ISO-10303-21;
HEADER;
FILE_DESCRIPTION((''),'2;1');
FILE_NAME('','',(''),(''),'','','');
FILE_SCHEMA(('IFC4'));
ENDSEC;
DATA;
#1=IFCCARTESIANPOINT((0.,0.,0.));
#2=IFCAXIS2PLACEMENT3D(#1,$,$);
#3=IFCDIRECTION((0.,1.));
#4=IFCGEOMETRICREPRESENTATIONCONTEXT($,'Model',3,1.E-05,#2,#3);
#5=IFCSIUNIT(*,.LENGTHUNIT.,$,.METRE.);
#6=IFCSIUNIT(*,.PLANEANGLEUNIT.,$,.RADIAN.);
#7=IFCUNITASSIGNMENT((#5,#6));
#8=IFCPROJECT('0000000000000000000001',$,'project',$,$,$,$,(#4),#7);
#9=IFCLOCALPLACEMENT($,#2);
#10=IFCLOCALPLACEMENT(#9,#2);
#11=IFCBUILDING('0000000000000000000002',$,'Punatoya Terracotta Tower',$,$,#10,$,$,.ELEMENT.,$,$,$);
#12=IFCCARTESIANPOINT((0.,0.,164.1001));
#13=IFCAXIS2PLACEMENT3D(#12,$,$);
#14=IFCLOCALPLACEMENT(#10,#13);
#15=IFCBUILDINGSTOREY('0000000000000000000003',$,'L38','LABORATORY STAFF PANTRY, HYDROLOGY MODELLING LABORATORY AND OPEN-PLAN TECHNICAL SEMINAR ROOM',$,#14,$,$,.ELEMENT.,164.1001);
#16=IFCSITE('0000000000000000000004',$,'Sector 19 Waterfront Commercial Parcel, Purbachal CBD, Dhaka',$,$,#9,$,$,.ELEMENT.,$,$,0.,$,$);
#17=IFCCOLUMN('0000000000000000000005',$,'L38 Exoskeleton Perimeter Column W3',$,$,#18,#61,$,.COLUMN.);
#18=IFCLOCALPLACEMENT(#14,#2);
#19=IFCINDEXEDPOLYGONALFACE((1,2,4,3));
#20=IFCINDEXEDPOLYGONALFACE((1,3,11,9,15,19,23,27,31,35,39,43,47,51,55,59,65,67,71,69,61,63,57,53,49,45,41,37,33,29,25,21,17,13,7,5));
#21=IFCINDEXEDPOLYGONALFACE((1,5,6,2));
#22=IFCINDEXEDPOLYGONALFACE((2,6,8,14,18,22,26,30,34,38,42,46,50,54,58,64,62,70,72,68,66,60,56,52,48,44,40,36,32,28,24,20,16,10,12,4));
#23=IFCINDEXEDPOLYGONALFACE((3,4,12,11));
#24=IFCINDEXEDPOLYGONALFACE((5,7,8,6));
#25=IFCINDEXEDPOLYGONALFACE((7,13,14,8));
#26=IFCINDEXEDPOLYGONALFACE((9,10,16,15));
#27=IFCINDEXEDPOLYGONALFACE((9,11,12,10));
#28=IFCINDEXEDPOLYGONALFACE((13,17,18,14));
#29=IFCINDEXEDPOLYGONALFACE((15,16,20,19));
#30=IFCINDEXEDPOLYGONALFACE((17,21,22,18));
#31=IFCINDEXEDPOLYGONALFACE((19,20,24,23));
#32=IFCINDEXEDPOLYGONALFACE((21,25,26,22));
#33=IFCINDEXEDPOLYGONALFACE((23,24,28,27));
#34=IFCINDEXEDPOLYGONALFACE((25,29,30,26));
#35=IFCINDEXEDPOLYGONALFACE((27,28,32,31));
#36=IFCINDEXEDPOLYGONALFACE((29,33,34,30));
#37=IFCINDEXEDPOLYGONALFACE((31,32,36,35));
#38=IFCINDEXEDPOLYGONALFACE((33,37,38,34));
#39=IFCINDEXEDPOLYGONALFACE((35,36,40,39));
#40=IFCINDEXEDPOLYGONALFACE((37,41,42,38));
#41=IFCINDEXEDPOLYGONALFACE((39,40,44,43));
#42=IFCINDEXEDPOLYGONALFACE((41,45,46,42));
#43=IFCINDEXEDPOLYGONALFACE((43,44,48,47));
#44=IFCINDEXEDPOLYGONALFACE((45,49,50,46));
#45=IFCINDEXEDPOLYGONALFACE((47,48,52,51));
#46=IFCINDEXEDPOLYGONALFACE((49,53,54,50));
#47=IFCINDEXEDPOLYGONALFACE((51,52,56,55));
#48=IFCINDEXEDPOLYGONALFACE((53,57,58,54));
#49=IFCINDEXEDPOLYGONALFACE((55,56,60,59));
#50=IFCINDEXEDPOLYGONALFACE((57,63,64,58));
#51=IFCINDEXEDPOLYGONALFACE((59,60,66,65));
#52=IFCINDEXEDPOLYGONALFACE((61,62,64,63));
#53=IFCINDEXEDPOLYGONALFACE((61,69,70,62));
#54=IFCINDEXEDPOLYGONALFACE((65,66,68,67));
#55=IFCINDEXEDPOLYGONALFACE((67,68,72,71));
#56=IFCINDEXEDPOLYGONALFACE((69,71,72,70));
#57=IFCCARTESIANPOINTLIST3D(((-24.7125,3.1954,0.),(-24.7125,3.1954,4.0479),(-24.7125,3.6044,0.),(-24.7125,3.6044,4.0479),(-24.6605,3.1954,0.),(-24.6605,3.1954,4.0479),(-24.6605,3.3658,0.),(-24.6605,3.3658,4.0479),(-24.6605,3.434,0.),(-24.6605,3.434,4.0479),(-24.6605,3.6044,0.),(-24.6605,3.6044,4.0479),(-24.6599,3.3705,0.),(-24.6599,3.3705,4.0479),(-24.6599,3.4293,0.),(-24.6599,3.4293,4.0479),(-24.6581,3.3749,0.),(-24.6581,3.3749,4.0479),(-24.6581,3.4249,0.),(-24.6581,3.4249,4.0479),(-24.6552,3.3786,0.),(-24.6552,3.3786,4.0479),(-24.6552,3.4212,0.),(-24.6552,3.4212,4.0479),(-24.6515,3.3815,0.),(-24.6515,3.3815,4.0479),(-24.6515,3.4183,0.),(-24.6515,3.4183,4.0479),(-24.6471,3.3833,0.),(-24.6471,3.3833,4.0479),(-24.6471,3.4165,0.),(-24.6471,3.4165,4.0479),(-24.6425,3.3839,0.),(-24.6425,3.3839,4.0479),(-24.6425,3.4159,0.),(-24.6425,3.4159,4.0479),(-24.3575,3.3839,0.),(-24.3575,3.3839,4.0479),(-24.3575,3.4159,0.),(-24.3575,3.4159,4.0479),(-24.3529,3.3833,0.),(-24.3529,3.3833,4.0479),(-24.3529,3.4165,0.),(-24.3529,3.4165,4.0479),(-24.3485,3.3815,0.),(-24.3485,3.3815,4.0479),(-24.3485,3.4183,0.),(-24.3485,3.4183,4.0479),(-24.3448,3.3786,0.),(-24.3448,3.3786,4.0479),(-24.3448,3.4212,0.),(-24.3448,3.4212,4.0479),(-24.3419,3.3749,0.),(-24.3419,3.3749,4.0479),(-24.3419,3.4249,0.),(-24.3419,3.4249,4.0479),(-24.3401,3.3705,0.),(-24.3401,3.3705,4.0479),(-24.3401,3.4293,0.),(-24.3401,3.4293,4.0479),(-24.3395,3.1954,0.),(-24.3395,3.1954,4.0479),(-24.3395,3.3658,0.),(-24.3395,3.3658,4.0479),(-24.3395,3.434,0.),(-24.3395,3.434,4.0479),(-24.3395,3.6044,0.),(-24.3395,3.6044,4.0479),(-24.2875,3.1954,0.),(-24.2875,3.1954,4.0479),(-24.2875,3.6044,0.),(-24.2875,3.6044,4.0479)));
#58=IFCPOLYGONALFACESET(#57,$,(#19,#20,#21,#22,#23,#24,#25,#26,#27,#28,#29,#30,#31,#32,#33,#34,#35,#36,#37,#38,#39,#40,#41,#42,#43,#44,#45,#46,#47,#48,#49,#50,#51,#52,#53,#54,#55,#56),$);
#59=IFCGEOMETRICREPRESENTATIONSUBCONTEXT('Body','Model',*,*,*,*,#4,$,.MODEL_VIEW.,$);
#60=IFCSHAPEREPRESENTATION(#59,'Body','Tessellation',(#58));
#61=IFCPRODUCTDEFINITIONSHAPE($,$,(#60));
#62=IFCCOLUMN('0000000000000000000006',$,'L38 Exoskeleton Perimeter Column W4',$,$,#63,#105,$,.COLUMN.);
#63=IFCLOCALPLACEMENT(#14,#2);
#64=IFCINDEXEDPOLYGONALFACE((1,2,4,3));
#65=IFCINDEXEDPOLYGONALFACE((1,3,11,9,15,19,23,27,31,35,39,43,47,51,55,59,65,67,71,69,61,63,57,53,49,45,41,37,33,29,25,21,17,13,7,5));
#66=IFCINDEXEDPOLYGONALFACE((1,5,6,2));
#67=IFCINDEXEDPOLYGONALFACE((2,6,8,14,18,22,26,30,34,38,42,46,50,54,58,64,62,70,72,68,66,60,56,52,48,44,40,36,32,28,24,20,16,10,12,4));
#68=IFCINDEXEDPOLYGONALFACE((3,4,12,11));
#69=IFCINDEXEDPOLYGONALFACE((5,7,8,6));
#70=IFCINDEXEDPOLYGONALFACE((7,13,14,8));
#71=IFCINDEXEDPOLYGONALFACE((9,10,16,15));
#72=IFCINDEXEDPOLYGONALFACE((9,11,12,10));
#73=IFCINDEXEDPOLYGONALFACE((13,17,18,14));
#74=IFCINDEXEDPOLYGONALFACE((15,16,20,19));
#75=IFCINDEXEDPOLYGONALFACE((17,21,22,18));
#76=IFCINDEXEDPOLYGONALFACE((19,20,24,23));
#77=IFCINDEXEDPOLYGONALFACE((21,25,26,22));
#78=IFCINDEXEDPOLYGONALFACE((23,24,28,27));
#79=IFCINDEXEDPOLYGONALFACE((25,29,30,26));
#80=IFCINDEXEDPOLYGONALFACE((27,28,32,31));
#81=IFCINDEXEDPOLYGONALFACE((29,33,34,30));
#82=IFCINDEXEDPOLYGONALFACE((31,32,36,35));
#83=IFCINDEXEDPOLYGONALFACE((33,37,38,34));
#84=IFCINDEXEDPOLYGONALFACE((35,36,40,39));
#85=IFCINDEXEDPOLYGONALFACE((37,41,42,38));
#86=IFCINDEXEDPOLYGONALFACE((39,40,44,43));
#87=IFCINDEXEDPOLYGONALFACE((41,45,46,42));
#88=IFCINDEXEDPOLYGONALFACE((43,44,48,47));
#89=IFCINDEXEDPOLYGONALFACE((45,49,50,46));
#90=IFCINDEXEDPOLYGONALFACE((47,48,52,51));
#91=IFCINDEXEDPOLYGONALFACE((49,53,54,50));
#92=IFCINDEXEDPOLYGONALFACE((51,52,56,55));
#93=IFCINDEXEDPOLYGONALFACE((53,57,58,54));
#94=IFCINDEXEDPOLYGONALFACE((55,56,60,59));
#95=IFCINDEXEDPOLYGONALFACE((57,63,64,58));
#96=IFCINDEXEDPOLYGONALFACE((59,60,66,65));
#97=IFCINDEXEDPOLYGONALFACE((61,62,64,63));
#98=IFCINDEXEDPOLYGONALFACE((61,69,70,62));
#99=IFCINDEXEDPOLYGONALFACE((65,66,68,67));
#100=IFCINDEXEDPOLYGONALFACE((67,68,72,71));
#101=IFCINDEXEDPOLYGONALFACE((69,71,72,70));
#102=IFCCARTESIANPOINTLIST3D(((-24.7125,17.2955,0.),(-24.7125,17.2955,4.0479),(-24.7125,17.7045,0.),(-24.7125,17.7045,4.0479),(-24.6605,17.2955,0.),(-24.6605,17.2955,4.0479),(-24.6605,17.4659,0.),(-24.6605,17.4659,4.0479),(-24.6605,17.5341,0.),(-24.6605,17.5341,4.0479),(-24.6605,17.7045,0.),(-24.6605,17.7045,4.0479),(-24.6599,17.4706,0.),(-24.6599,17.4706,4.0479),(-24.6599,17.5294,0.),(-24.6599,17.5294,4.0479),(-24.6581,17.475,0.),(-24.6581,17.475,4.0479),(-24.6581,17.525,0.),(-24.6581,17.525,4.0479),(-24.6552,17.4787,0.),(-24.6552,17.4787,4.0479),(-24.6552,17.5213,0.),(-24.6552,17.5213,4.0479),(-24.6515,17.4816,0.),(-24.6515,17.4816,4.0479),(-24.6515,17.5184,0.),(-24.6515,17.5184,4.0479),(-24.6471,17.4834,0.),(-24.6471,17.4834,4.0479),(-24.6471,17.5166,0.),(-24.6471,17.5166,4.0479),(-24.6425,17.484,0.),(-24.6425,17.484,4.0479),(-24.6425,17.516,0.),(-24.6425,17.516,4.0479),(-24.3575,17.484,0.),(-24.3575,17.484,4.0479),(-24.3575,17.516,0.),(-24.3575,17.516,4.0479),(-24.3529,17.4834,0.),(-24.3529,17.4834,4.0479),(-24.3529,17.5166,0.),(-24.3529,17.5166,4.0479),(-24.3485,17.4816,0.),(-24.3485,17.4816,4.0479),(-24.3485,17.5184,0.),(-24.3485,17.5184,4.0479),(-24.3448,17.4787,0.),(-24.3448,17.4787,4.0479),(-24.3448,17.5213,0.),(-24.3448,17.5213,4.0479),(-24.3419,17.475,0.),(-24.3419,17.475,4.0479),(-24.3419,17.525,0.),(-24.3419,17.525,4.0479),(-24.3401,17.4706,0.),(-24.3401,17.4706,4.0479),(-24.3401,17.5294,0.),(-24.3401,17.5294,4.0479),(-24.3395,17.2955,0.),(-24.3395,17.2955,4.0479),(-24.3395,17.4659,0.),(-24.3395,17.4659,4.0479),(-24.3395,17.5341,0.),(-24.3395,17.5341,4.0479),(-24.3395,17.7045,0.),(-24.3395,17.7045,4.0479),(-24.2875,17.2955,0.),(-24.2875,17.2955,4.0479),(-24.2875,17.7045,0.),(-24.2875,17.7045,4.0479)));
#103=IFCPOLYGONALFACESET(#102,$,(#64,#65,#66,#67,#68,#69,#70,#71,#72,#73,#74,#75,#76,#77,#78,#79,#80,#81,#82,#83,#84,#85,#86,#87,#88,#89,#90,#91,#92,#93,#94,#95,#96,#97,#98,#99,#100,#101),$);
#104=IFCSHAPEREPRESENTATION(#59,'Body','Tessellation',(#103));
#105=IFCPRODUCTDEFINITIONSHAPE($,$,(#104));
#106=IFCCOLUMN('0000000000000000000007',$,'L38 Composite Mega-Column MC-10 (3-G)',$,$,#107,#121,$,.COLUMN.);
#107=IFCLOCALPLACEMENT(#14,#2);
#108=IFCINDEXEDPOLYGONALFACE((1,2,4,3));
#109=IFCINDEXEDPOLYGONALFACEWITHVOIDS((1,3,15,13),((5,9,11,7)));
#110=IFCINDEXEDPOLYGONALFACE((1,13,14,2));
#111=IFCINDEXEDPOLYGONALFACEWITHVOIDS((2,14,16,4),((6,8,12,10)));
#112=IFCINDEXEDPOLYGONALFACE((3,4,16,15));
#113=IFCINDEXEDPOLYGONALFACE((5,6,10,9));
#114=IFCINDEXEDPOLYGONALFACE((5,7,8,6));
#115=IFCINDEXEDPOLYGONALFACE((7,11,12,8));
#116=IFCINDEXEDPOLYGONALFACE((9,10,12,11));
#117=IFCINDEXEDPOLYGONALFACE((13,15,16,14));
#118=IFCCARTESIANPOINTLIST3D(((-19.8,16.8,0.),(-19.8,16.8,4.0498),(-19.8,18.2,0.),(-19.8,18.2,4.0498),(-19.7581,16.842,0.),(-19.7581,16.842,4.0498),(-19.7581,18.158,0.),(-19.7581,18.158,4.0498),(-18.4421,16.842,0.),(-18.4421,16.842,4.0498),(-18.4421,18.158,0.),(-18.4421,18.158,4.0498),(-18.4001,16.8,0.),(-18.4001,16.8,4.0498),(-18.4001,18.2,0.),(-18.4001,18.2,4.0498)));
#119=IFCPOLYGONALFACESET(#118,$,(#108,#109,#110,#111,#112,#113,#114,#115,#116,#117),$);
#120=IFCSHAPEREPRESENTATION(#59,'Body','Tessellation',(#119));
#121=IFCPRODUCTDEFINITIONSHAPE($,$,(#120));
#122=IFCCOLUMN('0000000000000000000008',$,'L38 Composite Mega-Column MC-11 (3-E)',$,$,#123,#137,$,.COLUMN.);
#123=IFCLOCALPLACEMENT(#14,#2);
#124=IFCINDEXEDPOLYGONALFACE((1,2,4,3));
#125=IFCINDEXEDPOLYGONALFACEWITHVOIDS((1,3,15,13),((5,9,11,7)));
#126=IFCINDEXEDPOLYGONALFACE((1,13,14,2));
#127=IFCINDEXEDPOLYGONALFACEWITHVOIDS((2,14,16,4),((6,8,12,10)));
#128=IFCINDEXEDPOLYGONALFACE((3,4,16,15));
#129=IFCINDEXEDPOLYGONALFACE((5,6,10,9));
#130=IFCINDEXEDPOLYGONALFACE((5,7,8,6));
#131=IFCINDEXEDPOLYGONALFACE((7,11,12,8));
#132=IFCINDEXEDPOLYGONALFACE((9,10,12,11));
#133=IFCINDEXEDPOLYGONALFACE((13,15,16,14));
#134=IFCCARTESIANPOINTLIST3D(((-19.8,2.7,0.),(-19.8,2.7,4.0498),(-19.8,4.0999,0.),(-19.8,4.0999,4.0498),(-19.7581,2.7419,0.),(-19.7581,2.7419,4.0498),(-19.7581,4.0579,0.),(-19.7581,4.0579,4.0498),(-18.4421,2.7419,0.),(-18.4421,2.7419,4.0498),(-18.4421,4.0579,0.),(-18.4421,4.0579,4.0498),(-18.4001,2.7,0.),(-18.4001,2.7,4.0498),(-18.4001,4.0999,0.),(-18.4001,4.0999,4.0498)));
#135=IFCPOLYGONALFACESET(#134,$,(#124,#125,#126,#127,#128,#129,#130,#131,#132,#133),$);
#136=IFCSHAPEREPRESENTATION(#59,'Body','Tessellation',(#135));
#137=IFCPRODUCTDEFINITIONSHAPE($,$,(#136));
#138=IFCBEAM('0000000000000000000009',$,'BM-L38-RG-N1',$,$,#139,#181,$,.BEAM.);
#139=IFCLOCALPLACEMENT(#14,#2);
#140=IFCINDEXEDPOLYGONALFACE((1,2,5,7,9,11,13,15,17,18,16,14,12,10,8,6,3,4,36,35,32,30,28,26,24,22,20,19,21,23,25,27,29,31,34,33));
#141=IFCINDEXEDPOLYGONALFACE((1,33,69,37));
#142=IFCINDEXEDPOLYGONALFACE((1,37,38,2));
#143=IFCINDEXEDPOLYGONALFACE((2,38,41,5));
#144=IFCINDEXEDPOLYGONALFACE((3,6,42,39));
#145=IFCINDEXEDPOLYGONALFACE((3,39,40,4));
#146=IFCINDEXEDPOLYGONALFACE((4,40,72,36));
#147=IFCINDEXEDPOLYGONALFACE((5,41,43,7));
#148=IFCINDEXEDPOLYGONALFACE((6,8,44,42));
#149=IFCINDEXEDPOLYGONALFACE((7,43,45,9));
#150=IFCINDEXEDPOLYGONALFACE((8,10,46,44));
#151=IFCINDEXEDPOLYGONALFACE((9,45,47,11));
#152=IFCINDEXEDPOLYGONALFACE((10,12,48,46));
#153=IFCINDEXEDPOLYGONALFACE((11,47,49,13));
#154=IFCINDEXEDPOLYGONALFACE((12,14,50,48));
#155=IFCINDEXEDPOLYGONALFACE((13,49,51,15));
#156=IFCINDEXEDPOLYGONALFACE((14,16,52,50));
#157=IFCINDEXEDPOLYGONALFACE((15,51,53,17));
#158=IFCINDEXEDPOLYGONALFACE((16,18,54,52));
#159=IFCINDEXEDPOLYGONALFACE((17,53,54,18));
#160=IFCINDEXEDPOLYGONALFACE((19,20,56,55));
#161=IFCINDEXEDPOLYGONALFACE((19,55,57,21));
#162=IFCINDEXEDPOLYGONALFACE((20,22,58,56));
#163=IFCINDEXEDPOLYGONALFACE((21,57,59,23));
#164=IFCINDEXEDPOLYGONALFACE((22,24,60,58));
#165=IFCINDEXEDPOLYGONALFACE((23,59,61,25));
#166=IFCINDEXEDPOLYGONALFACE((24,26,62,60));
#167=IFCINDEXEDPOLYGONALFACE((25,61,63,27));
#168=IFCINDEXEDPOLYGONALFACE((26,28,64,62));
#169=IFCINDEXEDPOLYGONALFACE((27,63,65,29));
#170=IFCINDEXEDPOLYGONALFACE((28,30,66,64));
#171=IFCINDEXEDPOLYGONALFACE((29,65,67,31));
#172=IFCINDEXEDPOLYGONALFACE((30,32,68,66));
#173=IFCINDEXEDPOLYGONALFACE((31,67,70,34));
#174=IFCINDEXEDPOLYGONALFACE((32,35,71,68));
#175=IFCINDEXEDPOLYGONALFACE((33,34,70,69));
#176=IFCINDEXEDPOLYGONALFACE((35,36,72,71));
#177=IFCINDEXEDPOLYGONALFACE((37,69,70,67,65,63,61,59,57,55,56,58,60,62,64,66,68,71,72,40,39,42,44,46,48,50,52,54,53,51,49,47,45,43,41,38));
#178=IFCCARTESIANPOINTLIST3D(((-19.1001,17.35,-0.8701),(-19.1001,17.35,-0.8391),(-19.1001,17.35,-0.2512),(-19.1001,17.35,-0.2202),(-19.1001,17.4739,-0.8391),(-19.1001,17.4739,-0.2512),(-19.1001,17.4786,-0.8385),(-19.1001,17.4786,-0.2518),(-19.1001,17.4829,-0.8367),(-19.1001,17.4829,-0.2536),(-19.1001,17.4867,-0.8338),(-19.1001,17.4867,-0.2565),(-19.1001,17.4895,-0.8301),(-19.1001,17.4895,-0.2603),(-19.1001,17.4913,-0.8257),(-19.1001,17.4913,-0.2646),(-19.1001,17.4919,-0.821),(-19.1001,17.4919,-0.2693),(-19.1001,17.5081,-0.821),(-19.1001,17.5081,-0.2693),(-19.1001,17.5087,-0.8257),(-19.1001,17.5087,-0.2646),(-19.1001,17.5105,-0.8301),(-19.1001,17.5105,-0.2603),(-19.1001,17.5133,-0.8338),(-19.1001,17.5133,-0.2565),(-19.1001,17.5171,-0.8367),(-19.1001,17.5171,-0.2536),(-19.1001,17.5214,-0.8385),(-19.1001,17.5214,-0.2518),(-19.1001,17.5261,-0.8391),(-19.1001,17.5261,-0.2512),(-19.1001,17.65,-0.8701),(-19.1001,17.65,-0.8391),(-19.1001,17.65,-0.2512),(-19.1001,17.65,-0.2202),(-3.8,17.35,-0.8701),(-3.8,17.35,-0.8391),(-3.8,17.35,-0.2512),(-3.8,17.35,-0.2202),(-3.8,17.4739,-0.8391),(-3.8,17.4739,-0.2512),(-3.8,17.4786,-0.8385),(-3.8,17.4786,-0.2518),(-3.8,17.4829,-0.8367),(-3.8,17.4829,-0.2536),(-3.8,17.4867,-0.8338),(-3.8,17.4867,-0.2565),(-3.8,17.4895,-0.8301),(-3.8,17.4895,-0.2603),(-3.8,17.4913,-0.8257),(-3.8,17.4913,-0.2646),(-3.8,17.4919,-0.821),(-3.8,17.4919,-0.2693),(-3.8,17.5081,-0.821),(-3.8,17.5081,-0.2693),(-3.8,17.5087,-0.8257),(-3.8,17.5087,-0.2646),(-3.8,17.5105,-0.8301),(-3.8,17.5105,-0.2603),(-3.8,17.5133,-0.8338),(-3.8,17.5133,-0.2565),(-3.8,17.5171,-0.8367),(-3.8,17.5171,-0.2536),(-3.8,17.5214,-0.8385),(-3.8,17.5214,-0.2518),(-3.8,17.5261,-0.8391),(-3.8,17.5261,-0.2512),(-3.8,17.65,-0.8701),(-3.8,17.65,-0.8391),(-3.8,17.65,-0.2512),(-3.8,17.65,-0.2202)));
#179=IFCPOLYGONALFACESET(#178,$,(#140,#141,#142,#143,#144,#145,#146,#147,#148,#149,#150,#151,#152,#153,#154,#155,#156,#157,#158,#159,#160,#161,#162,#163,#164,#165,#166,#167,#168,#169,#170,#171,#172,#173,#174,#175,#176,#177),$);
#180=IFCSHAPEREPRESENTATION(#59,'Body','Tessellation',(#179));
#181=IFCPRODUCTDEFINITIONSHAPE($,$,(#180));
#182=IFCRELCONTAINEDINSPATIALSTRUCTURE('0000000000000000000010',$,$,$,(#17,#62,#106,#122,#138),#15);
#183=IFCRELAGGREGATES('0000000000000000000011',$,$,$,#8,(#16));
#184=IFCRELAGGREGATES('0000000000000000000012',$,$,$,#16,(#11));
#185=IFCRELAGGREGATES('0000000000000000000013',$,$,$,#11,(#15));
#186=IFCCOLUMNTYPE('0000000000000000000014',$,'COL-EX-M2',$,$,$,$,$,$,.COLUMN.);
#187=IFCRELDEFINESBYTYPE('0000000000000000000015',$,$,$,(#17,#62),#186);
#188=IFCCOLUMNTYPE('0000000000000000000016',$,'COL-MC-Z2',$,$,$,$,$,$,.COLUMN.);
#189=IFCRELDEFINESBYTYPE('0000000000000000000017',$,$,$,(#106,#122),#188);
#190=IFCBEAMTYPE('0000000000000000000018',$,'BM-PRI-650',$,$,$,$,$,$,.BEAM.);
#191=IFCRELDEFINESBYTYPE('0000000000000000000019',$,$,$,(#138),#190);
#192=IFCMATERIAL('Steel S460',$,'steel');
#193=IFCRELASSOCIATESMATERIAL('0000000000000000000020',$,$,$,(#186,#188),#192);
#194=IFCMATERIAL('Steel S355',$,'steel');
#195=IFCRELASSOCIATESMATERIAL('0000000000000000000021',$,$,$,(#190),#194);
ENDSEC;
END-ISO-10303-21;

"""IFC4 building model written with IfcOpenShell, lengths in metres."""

from ifc_helpers import new_model, si_unit, direction, frame, origin, origin_2d, place, context, subcontext, project, spatial, hollow_rectangle, i_section, extrude, material, material_profile, profile_set, type_object, element, save


model = new_model("IFC4")

# Units and contexts
model_context = context("Model", 3, precision=1e-05, world=origin(), true_north=direction((0.0, 1.0)))
body_context = subcontext(model_context, "Body", "Model", "MODEL_VIEW")
ifc_project = project(units=[si_unit("LENGTHUNIT", "METRE"), si_unit("PLANEANGLEUNIT", "RADIAN")], contexts=[model_context])

# Site, building, storey
site_placement = place(None, origin())
site = spatial("IfcSite", under=ifc_project, at=site_placement, Name="Sector 19 Waterfront Commercial Parcel, Purbachal CBD, Dhaka", CompositionType="ELEMENT", RefElevation=0.0)
building_placement = place(site_placement, origin())
building = spatial("IfcBuilding", under=site, at=building_placement, Name="Punatoya Terracotta Tower", CompositionType="ELEMENT")
storey_placement = place(building_placement, frame((0.0, 0.0, 164.1001)))
storey = spatial("IfcBuildingStorey", under=building, at=storey_placement, Name="L38", Description="LABORATORY STAFF PANTRY, HYDROLOGY MODELLING LABORATORY AND OPEN-PLAN TECHNICAL SEMINAR ROOM", CompositionType="ELEMENT", Elevation=164.1001)

# Columns
ifc_material_1 = material(Name="Steel S460", Category="steel")
ifc_material_profile_1 = material_profile(ifc_material_1, i_section(OverallWidth=0.4089, OverallDepth=0.425, WebThickness=0.032, FlangeThickness=0.052, FilletRadius=0.0181, at=origin_2d()))
ifc_profile_set_1 = profile_set([ifc_material_profile_1], Name="Steel S460")
column_type_1 = type_object("IfcColumnType", Name="COL-EX-M2", PredefinedType="COLUMN", material=ifc_profile_set_1)
for number, where, z_axis, x_axis, name in (
    (1, (-24.5, 3.3999, 0.0), (0.0, 0.0, 1.0), (0.0, 1.0, 0.0), "L38 Exoskeleton Perimeter Column W3"),
    (2, (-24.5, 17.5, 0.0), (0.0, 0.0, 1.0), (0.0, 1.0, 0.0), "L38 Exoskeleton Perimeter Column W4"),
):
    element("IfcColumn", number, at=place(storey_placement, frame(where, z_axis=z_axis, x_axis=x_axis)), inside=storey, type_object=column_type_1, Name=name, PredefinedType="COLUMN", context=body_context, shape_type="SweptSolid", body=[
        extrude(i_section(OverallWidth=0.4089, OverallDepth=0.425, WebThickness=0.032, FlangeThickness=0.052, FilletRadius=0.0181, at=origin_2d()), origin(), (0.0, 0.0, 1.0), 4.0479),
    ])
ifc_material_profile_2 = material_profile(ifc_material_1, hollow_rectangle(XDim=1.3999, YDim=1.3999, WallThickness=0.042, at=origin_2d()))
ifc_profile_set_2 = profile_set([ifc_material_profile_2], Name="Steel S460")
column_type_2 = type_object("IfcColumnType", Name="COL-MC-Z2", PredefinedType="COLUMN", material=ifc_profile_set_2)
for number, where, z_axis, x_axis, name in (
    (3, (-19.1001, 17.5, 0.0), (0.0, 0.0, 1.0), (1.0, 0.0, 0.0), "L38 Composite Mega-Column MC-10 (3-G)"),
    (4, (-19.1001, 3.3999, 0.0), (0.0, 0.0, 1.0), (1.0, 0.0, 0.0), "L38 Composite Mega-Column MC-11 (3-E)"),
):
    element("IfcColumn", number, at=place(storey_placement, frame(where, z_axis=z_axis, x_axis=x_axis)), inside=storey, type_object=column_type_2, Name=name, PredefinedType="COLUMN", context=body_context, shape_type="SweptSolid", body=[
        extrude(hollow_rectangle(XDim=1.3999, YDim=1.3999, WallThickness=0.042, at=origin_2d()), origin(), (0.0, 0.0, 1.0), 4.0498),
    ])

# Beam
ifc_material_2 = material(Name="Steel S355", Category="steel")
ifc_material_profile_3 = material_profile(ifc_material_2, i_section(OverallWidth=0.3, OverallDepth=0.6499, WebThickness=0.0161, FlangeThickness=0.031, FilletRadius=0.0181, at=origin_2d()))
ifc_profile_set_3 = profile_set([ifc_material_profile_3], Name="Steel S355")
beam_type_1 = type_object("IfcBeamType", Name="BM-PRI-650", PredefinedType="BEAM", material=ifc_profile_set_3)
beam_1_placement = place(storey_placement, frame((-19.1001, 17.5, -0.5452), z_axis=(1.0, 0.0, 0.0), x_axis=(0.0, 1.0, 0.0)))
element("IfcBeam", 5, at=beam_1_placement, inside=storey, type_object=beam_type_1, Name="BM-L38-RG-N1", PredefinedType="BEAM", context=body_context, shape_type="SweptSolid", body=[
    extrude(i_section(OverallWidth=0.3, OverallDepth=0.6499, WebThickness=0.0161, FlangeThickness=0.031, FilletRadius=0.0181, at=origin_2d()), origin(), (0.0, 0.0, 1.0), 15.3),
])

save(model, "model.ifc")
